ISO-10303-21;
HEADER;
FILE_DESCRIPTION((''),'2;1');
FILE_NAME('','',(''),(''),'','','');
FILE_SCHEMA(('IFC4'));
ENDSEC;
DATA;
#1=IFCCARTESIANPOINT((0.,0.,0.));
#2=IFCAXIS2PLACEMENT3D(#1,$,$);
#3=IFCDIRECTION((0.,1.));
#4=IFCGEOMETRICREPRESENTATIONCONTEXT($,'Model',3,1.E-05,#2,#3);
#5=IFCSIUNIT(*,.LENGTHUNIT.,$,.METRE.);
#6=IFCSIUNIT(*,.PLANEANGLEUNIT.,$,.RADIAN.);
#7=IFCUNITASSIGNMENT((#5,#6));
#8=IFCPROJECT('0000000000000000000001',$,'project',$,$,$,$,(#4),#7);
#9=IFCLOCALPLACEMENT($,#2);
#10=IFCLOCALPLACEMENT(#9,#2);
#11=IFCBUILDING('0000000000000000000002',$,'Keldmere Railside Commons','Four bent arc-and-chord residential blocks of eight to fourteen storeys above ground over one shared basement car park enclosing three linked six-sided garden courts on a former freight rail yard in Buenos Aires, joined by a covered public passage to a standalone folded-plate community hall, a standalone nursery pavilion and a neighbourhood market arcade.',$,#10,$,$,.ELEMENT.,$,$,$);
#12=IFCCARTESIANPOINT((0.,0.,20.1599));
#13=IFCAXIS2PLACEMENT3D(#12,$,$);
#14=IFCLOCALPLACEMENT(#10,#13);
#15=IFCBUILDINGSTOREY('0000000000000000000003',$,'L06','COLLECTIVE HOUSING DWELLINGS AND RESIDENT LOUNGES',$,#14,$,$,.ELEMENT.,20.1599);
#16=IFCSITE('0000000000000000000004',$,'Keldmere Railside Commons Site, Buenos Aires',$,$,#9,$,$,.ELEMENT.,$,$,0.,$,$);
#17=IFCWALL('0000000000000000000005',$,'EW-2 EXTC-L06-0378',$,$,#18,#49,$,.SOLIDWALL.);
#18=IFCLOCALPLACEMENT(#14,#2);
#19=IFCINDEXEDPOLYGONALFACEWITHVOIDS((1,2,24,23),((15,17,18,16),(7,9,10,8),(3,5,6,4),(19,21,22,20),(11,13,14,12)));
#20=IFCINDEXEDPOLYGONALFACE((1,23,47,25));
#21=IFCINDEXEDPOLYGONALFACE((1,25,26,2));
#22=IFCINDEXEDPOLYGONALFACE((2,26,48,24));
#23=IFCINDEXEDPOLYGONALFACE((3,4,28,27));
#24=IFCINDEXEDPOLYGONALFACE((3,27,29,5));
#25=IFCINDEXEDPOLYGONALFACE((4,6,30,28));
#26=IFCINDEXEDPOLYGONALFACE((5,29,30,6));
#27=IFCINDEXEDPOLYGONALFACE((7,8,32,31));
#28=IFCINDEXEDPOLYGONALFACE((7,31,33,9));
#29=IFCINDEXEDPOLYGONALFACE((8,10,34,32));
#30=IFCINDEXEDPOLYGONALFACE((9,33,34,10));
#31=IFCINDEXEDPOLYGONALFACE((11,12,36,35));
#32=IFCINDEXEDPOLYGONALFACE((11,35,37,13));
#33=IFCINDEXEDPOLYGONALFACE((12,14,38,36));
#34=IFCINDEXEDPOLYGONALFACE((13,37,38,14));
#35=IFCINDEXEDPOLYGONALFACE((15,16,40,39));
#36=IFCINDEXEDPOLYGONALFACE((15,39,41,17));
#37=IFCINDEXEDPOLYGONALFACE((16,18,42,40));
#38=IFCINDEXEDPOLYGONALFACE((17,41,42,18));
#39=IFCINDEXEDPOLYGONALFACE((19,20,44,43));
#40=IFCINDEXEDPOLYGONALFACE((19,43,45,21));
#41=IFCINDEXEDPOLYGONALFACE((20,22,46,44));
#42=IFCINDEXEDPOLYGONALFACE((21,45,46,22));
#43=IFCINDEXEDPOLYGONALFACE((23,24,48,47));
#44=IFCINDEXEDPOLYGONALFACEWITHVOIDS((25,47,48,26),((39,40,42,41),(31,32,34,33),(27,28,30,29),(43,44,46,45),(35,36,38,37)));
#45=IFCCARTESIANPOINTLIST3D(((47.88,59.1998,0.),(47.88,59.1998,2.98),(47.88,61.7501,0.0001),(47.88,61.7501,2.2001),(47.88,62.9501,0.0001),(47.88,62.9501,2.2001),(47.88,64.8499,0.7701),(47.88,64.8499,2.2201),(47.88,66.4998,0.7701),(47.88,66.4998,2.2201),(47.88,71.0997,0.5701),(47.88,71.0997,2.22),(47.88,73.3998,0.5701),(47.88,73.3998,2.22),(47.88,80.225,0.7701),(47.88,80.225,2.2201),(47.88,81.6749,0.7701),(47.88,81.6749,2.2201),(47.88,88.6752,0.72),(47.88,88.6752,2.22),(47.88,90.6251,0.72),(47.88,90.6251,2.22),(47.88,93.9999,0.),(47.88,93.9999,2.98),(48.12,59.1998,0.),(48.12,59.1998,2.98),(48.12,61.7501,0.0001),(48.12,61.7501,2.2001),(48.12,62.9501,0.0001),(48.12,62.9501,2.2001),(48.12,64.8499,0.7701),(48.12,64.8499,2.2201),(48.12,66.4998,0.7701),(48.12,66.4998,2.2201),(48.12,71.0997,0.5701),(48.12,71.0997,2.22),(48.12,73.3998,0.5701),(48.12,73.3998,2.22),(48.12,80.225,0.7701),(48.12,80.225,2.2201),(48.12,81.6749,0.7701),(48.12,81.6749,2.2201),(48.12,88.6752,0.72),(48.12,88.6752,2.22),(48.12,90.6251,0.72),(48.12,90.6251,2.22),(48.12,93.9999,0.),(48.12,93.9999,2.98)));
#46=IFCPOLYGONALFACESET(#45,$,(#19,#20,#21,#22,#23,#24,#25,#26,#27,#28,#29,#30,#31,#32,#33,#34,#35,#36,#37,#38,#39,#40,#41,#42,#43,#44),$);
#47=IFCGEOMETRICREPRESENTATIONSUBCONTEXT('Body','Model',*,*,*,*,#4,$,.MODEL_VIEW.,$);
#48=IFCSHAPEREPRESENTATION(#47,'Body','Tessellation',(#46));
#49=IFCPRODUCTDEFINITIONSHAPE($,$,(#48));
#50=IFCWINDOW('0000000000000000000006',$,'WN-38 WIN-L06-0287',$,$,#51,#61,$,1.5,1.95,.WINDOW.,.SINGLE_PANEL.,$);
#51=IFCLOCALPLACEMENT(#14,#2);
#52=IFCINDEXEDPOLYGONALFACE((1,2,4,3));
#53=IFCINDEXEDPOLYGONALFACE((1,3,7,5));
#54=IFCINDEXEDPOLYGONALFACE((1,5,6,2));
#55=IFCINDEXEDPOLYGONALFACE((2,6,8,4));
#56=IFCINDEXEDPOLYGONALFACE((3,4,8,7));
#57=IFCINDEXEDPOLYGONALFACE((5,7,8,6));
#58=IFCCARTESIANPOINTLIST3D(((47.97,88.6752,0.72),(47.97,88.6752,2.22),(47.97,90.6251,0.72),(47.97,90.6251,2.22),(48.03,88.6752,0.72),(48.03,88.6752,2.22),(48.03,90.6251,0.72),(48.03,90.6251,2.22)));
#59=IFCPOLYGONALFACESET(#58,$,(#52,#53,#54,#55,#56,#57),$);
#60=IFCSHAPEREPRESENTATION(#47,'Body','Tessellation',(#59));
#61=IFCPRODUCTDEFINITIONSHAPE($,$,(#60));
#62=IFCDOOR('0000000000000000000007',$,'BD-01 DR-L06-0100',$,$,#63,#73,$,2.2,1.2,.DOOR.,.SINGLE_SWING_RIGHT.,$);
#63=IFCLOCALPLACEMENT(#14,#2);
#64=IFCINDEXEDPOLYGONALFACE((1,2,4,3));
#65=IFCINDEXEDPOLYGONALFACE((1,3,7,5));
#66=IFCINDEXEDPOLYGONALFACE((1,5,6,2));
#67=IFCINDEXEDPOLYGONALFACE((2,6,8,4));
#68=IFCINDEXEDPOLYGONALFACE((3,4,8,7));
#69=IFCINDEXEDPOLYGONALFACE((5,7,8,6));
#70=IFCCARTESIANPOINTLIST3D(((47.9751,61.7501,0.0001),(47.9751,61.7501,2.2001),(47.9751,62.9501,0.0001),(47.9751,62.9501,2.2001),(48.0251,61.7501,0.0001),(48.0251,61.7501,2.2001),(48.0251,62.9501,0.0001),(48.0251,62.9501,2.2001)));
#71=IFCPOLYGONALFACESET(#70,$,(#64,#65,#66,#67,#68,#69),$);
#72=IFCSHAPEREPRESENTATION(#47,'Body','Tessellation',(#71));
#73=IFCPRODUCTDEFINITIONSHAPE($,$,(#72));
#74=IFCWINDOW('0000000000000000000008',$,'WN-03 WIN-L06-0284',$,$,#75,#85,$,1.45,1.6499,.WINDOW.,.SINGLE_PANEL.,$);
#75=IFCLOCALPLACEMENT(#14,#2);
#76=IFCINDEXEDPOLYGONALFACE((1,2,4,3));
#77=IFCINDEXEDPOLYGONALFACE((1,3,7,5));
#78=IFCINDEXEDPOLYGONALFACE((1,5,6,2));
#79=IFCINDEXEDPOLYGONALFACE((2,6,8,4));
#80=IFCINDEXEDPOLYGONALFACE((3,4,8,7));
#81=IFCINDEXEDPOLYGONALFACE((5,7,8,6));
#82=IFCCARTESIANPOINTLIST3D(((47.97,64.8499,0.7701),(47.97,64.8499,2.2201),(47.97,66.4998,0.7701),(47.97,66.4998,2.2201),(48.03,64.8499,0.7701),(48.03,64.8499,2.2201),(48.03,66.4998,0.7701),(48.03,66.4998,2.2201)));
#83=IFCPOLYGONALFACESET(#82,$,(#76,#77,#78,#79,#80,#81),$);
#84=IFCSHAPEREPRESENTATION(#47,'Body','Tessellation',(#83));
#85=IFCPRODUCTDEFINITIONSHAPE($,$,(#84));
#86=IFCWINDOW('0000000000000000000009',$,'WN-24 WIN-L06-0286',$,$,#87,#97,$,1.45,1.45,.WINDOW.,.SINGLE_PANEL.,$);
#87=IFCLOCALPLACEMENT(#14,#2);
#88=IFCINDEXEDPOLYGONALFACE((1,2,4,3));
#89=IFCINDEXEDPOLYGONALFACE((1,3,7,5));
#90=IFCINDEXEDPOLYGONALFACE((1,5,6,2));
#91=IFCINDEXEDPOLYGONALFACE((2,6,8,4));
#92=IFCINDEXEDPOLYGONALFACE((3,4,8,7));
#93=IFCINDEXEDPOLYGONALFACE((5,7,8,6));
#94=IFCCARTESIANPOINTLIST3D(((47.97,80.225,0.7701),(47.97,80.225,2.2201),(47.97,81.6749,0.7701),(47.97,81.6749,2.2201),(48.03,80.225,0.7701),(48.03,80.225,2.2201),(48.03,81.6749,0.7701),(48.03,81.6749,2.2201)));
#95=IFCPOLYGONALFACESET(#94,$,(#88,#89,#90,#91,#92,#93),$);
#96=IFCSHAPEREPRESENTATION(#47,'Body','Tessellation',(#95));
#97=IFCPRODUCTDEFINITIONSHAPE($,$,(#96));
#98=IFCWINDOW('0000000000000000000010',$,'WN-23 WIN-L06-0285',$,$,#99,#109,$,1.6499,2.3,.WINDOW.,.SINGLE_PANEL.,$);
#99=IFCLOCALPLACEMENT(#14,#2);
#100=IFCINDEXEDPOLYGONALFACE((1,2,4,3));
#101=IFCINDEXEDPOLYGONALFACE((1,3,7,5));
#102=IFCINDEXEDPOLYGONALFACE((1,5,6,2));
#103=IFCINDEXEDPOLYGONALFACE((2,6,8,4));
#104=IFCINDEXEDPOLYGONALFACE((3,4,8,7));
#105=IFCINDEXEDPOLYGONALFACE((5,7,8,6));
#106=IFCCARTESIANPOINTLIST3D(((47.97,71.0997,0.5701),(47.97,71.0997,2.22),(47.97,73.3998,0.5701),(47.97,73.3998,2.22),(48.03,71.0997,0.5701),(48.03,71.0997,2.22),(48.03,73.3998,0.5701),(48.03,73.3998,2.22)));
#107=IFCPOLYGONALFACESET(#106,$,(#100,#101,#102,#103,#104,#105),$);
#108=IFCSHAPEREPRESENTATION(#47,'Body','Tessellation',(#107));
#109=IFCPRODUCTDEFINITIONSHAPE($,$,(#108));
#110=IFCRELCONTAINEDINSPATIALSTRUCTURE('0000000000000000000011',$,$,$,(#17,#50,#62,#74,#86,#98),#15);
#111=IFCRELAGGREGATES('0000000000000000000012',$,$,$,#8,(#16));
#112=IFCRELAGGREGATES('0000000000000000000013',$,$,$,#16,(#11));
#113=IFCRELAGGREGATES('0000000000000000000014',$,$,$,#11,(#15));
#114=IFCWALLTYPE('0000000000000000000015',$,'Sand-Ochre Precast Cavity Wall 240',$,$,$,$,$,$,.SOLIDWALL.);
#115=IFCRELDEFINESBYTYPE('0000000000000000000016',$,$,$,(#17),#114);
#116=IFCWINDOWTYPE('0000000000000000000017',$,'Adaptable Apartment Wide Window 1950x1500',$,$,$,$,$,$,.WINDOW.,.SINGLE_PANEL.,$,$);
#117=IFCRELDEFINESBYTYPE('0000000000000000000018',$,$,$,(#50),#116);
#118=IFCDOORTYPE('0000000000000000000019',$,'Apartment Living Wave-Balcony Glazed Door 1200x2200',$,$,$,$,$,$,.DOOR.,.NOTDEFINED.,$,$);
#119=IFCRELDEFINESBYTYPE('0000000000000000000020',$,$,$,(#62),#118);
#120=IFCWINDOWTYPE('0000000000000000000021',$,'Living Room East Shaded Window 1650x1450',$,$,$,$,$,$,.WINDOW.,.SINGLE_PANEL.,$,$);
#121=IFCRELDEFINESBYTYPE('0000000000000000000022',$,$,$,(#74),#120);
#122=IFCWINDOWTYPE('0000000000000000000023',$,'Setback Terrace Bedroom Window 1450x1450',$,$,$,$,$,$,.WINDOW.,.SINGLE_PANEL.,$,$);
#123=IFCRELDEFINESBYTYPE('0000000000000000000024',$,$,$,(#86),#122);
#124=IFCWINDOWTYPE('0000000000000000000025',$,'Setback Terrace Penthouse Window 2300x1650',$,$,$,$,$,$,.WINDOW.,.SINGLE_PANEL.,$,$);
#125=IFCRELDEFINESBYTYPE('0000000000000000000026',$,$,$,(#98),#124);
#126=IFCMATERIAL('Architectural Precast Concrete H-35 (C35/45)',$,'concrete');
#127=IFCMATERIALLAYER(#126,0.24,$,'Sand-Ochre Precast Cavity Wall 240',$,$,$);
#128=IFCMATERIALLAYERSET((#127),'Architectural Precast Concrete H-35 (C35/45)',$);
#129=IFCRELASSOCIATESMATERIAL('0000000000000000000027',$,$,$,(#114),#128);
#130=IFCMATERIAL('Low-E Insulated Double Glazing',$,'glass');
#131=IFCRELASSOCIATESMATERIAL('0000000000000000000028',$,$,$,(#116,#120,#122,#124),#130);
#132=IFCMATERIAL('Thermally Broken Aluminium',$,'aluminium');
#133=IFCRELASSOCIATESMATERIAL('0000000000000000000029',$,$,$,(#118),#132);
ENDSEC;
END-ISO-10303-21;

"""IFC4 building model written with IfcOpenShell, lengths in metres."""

from ifc_helpers import new_model, si_unit, direction, frame, frame_2d, origin, place, context, subcontext, project, spatial, rectangle, extrude, material, layer, layer_set, type_object, element, fill, save


model = new_model("IFC4")

# Units and contexts
model_context = context("Model", 3, precision=1e-05, world=origin(), true_north=direction((0.0, 1.0)))
body_context = subcontext(model_context, "Body", "Model", "MODEL_VIEW")
ifc_project = project(units=[si_unit("LENGTHUNIT", "METRE"), si_unit("PLANEANGLEUNIT", "RADIAN")], contexts=[model_context])

# Site, building, storey
site_placement = place(None, origin())
site = spatial("IfcSite", under=ifc_project, at=site_placement, Name="Keldmere Railside Commons Site, Buenos Aires", CompositionType="ELEMENT", RefElevation=0.0)
building_placement = place(site_placement, origin())
building = spatial("IfcBuilding", under=site, at=building_placement, Name="Keldmere Railside Commons", Description="Four bent arc-and-chord residential blocks of eight to fourteen storeys above ground over one shared basement car park enclosing three linked six-sided garden courts on a former freight rail yard in Buenos Aires, joined by a covered public passage to a standalone folded-plate community hall, a standalone nursery pavilion and a neighbourhood market arcade.", CompositionType="ELEMENT")
storey_placement = place(building_placement, frame((0.0, 0.0, 20.1599)))
storey = spatial("IfcBuildingStorey", under=building, at=storey_placement, Name="L06", Description="COLLECTIVE HOUSING DWELLINGS AND RESIDENT LOUNGES", CompositionType="ELEMENT", Elevation=20.1599)

# Wall, openings, windows, door
ifc_material_1 = material(Name="Architectural Precast Concrete H-35 (C35/45)", Category="concrete")
ifc_layer = layer(ifc_material_1, 0.24, Name="Sand-Ochre Precast Cavity Wall 240")
ifc_layer_set = layer_set([ifc_layer], Name="Architectural Precast Concrete H-35 (C35/45)")
wall_type = type_object("IfcWallType", Name="Sand-Ochre Precast Cavity Wall 240", PredefinedType="SOLIDWALL", material=ifc_layer_set)
wall_placement = place(storey_placement, frame((48.0, 59.2, 0.0), z_axis=(0.0, 0.0, 1.0), x_axis=(0.0, 1.0, 0.0)))
wall = element("IfcWall", 1, at=wall_placement, inside=storey, type_object=wall_type, Name="EW-2 EXTC-L06-0378", PredefinedType="SOLIDWALL", context=body_context, shape_type="SweptSolid", body=[
    extrude(rectangle(XDim=34.8, YDim=0.24, at=frame_2d((17.3999, 0.0))), origin(), (0.0, 0.0, 1.0), 2.98),
])
opening_1_placement = place(wall_placement, frame((2.55, 0.0, 0.0)))
opening_1 = element("IfcOpeningElement", 2, at=opening_1_placement, cuts=wall, PredefinedType="OPENING", context=body_context, shape_type="SweptSolid", body=[
    extrude(rectangle(XDim=1.2, YDim=2.2, at=frame_2d((0.6001, 1.1001))), frame((0.0, 0.1299, 0.0), z_axis=(0.0, -1.0, 0.0), x_axis=(1.0, 0.0, 0.0)), (0.0, 0.0, 1.0), 0.26),
])
opening_2_placement = place(wall_placement, frame((5.6499, 0.0, 0.77)))
opening_2 = element("IfcOpeningElement", 3, at=opening_2_placement, cuts=wall, PredefinedType="OPENING", context=body_context, shape_type="SweptSolid", body=[
    extrude(rectangle(XDim=1.6499, YDim=1.45, at=frame_2d((0.825, 0.7251))), frame((0.0, 0.1299, 0.0), z_axis=(0.0, -1.0, 0.0), x_axis=(1.0, 0.0, 0.0)), (0.0, 0.0, 1.0), 0.26),
])
opening_3_placement = place(wall_placement, frame((11.8999, 0.0, 0.5701)))
opening_3 = element("IfcOpeningElement", 4, at=opening_3_placement, cuts=wall, PredefinedType="OPENING", context=body_context, shape_type="SweptSolid", body=[
    extrude(rectangle(XDim=2.3, YDim=1.6499, at=frame_2d((1.1499, 0.825))), frame((0.0, 0.1299, 0.0), z_axis=(0.0, -1.0, 0.0), x_axis=(1.0, 0.0, 0.0)), (0.0, 0.0, 1.0), 0.26),
])
opening_4_placement = place(wall_placement, frame((21.0249, 0.0, 0.77)))
opening_4 = element("IfcOpeningElement", 5, at=opening_4_placement, cuts=wall, PredefinedType="OPENING", context=body_context, shape_type="SweptSolid", body=[
    extrude(rectangle(XDim=1.45, YDim=1.45, at=frame_2d((0.7251, 0.7251))), frame((0.0, 0.1299, 0.0), z_axis=(0.0, -1.0, 0.0), x_axis=(1.0, 0.0, 0.0)), (0.0, 0.0, 1.0), 0.26),
])
opening_5_placement = place(wall_placement, frame((29.4751, 0.0, 0.72)))
opening_5 = element("IfcOpeningElement", 6, at=opening_5_placement, cuts=wall, PredefinedType="OPENING", context=body_context, shape_type="SweptSolid", body=[
    extrude(rectangle(XDim=1.95, YDim=1.5, at=frame_2d((0.9751, 0.75))), frame((0.0, 0.1299, 0.0), z_axis=(0.0, -1.0, 0.0), x_axis=(1.0, 0.0, 0.0)), (0.0, 0.0, 1.0), 0.26),
])
ifc_material_2 = material(Name="Low-E Insulated Double Glazing", Category="glass")
window_type_1 = type_object("IfcWindowType", Name="Adaptable Apartment Wide Window 1950x1500", PartitioningType="SINGLE_PANEL", PredefinedType="WINDOW", material=ifc_material_2)
window_1_placement = place(opening_5_placement, origin())
window_1 = element("IfcWindow", 7, at=window_1_placement, inside=storey, type_object=window_type_1, Name="WN-38 WIN-L06-0287", OverallHeight=1.5, OverallWidth=1.95, PartitioningType="SINGLE_PANEL", PredefinedType="WINDOW", context=body_context, shape_type="SweptSolid", body=[
    extrude(rectangle(XDim=1.95, YDim=1.5, at=frame_2d((0.9751, 0.75))), frame((0.0, 0.03, 0.0), z_axis=(0.0, -1.0, 0.0), x_axis=(1.0, 0.0, 0.0)), (0.0, 0.0, 1.0), 0.0601),
])
fill(opening_5, window_1)
ifc_material_3 = material(Name="Thermally Broken Aluminium", Category="aluminium")
door_type = type_object("IfcDoorType", Name="Apartment Living Wave-Balcony Glazed Door 1200x2200", OperationType="NOTDEFINED", PredefinedType="DOOR", material=ifc_material_3)
door_placement = place(opening_1_placement, origin())
door = element("IfcDoor", 8, at=door_placement, inside=storey, type_object=door_type, Name="BD-01 DR-L06-0100", OperationType="SINGLE_SWING_RIGHT", OverallHeight=2.2, OverallWidth=1.2, PredefinedType="DOOR", context=body_context, shape_type="SweptSolid", body=[
    extrude(rectangle(XDim=1.2, YDim=2.2, at=frame_2d((0.6001, 1.1001))), frame((0.0, 0.0249, 0.0), z_axis=(0.0, -1.0, 0.0), x_axis=(1.0, 0.0, 0.0)), (0.0, 0.0, 1.0), 0.05),
])
fill(opening_1, door)
window_type_2 = type_object("IfcWindowType", Name="Living Room East Shaded Window 1650x1450", PartitioningType="SINGLE_PANEL", PredefinedType="WINDOW", material=ifc_material_2)
window_2_placement = place(opening_2_placement, origin())
window_2 = element("IfcWindow", 9, at=window_2_placement, inside=storey, type_object=window_type_2, Name="WN-03 WIN-L06-0284", OverallHeight=1.45, OverallWidth=1.6499, PartitioningType="SINGLE_PANEL", PredefinedType="WINDOW", context=body_context, shape_type="SweptSolid", body=[
    extrude(rectangle(XDim=1.6499, YDim=1.45, at=frame_2d((0.825, 0.7251))), frame((0.0, 0.03, 0.0), z_axis=(0.0, -1.0, 0.0), x_axis=(1.0, 0.0, 0.0)), (0.0, 0.0, 1.0), 0.0601),
])
fill(opening_2, window_2)
window_type_3 = type_object("IfcWindowType", Name="Setback Terrace Bedroom Window 1450x1450", PartitioningType="SINGLE_PANEL", PredefinedType="WINDOW", material=ifc_material_2)
window_3_placement = place(opening_4_placement, origin())
window_3 = element("IfcWindow", 10, at=window_3_placement, inside=storey, type_object=window_type_3, Name="WN-24 WIN-L06-0286", OverallHeight=1.45, OverallWidth=1.45, PartitioningType="SINGLE_PANEL", PredefinedType="WINDOW", context=body_context, shape_type="SweptSolid", body=[
    extrude(rectangle(XDim=1.45, YDim=1.45, at=frame_2d((0.7251, 0.7251))), frame((0.0, 0.03, 0.0), z_axis=(0.0, -1.0, 0.0), x_axis=(1.0, 0.0, 0.0)), (0.0, 0.0, 1.0), 0.0601),
])
fill(opening_4, window_3)
window_type_4 = type_object("IfcWindowType", Name="Setback Terrace Penthouse Window 2300x1650", PartitioningType="SINGLE_PANEL", PredefinedType="WINDOW", material=ifc_material_2)
window_4_placement = place(opening_3_placement, origin())
window_4 = element("IfcWindow", 11, at=window_4_placement, inside=storey, type_object=window_type_4, Name="WN-23 WIN-L06-0285", OverallHeight=1.6499, OverallWidth=2.3, PartitioningType="SINGLE_PANEL", PredefinedType="WINDOW", context=body_context, shape_type="SweptSolid", body=[
    extrude(rectangle(XDim=2.3, YDim=1.6499, at=frame_2d((1.1499, 0.825))), frame((0.0, 0.03, 0.0), z_axis=(0.0, -1.0, 0.0), x_axis=(1.0, 0.0, 0.0)), (0.0, 0.0, 1.0), 0.0601),
])
fill(opening_3, window_4)

save(model, "model.ifc")
